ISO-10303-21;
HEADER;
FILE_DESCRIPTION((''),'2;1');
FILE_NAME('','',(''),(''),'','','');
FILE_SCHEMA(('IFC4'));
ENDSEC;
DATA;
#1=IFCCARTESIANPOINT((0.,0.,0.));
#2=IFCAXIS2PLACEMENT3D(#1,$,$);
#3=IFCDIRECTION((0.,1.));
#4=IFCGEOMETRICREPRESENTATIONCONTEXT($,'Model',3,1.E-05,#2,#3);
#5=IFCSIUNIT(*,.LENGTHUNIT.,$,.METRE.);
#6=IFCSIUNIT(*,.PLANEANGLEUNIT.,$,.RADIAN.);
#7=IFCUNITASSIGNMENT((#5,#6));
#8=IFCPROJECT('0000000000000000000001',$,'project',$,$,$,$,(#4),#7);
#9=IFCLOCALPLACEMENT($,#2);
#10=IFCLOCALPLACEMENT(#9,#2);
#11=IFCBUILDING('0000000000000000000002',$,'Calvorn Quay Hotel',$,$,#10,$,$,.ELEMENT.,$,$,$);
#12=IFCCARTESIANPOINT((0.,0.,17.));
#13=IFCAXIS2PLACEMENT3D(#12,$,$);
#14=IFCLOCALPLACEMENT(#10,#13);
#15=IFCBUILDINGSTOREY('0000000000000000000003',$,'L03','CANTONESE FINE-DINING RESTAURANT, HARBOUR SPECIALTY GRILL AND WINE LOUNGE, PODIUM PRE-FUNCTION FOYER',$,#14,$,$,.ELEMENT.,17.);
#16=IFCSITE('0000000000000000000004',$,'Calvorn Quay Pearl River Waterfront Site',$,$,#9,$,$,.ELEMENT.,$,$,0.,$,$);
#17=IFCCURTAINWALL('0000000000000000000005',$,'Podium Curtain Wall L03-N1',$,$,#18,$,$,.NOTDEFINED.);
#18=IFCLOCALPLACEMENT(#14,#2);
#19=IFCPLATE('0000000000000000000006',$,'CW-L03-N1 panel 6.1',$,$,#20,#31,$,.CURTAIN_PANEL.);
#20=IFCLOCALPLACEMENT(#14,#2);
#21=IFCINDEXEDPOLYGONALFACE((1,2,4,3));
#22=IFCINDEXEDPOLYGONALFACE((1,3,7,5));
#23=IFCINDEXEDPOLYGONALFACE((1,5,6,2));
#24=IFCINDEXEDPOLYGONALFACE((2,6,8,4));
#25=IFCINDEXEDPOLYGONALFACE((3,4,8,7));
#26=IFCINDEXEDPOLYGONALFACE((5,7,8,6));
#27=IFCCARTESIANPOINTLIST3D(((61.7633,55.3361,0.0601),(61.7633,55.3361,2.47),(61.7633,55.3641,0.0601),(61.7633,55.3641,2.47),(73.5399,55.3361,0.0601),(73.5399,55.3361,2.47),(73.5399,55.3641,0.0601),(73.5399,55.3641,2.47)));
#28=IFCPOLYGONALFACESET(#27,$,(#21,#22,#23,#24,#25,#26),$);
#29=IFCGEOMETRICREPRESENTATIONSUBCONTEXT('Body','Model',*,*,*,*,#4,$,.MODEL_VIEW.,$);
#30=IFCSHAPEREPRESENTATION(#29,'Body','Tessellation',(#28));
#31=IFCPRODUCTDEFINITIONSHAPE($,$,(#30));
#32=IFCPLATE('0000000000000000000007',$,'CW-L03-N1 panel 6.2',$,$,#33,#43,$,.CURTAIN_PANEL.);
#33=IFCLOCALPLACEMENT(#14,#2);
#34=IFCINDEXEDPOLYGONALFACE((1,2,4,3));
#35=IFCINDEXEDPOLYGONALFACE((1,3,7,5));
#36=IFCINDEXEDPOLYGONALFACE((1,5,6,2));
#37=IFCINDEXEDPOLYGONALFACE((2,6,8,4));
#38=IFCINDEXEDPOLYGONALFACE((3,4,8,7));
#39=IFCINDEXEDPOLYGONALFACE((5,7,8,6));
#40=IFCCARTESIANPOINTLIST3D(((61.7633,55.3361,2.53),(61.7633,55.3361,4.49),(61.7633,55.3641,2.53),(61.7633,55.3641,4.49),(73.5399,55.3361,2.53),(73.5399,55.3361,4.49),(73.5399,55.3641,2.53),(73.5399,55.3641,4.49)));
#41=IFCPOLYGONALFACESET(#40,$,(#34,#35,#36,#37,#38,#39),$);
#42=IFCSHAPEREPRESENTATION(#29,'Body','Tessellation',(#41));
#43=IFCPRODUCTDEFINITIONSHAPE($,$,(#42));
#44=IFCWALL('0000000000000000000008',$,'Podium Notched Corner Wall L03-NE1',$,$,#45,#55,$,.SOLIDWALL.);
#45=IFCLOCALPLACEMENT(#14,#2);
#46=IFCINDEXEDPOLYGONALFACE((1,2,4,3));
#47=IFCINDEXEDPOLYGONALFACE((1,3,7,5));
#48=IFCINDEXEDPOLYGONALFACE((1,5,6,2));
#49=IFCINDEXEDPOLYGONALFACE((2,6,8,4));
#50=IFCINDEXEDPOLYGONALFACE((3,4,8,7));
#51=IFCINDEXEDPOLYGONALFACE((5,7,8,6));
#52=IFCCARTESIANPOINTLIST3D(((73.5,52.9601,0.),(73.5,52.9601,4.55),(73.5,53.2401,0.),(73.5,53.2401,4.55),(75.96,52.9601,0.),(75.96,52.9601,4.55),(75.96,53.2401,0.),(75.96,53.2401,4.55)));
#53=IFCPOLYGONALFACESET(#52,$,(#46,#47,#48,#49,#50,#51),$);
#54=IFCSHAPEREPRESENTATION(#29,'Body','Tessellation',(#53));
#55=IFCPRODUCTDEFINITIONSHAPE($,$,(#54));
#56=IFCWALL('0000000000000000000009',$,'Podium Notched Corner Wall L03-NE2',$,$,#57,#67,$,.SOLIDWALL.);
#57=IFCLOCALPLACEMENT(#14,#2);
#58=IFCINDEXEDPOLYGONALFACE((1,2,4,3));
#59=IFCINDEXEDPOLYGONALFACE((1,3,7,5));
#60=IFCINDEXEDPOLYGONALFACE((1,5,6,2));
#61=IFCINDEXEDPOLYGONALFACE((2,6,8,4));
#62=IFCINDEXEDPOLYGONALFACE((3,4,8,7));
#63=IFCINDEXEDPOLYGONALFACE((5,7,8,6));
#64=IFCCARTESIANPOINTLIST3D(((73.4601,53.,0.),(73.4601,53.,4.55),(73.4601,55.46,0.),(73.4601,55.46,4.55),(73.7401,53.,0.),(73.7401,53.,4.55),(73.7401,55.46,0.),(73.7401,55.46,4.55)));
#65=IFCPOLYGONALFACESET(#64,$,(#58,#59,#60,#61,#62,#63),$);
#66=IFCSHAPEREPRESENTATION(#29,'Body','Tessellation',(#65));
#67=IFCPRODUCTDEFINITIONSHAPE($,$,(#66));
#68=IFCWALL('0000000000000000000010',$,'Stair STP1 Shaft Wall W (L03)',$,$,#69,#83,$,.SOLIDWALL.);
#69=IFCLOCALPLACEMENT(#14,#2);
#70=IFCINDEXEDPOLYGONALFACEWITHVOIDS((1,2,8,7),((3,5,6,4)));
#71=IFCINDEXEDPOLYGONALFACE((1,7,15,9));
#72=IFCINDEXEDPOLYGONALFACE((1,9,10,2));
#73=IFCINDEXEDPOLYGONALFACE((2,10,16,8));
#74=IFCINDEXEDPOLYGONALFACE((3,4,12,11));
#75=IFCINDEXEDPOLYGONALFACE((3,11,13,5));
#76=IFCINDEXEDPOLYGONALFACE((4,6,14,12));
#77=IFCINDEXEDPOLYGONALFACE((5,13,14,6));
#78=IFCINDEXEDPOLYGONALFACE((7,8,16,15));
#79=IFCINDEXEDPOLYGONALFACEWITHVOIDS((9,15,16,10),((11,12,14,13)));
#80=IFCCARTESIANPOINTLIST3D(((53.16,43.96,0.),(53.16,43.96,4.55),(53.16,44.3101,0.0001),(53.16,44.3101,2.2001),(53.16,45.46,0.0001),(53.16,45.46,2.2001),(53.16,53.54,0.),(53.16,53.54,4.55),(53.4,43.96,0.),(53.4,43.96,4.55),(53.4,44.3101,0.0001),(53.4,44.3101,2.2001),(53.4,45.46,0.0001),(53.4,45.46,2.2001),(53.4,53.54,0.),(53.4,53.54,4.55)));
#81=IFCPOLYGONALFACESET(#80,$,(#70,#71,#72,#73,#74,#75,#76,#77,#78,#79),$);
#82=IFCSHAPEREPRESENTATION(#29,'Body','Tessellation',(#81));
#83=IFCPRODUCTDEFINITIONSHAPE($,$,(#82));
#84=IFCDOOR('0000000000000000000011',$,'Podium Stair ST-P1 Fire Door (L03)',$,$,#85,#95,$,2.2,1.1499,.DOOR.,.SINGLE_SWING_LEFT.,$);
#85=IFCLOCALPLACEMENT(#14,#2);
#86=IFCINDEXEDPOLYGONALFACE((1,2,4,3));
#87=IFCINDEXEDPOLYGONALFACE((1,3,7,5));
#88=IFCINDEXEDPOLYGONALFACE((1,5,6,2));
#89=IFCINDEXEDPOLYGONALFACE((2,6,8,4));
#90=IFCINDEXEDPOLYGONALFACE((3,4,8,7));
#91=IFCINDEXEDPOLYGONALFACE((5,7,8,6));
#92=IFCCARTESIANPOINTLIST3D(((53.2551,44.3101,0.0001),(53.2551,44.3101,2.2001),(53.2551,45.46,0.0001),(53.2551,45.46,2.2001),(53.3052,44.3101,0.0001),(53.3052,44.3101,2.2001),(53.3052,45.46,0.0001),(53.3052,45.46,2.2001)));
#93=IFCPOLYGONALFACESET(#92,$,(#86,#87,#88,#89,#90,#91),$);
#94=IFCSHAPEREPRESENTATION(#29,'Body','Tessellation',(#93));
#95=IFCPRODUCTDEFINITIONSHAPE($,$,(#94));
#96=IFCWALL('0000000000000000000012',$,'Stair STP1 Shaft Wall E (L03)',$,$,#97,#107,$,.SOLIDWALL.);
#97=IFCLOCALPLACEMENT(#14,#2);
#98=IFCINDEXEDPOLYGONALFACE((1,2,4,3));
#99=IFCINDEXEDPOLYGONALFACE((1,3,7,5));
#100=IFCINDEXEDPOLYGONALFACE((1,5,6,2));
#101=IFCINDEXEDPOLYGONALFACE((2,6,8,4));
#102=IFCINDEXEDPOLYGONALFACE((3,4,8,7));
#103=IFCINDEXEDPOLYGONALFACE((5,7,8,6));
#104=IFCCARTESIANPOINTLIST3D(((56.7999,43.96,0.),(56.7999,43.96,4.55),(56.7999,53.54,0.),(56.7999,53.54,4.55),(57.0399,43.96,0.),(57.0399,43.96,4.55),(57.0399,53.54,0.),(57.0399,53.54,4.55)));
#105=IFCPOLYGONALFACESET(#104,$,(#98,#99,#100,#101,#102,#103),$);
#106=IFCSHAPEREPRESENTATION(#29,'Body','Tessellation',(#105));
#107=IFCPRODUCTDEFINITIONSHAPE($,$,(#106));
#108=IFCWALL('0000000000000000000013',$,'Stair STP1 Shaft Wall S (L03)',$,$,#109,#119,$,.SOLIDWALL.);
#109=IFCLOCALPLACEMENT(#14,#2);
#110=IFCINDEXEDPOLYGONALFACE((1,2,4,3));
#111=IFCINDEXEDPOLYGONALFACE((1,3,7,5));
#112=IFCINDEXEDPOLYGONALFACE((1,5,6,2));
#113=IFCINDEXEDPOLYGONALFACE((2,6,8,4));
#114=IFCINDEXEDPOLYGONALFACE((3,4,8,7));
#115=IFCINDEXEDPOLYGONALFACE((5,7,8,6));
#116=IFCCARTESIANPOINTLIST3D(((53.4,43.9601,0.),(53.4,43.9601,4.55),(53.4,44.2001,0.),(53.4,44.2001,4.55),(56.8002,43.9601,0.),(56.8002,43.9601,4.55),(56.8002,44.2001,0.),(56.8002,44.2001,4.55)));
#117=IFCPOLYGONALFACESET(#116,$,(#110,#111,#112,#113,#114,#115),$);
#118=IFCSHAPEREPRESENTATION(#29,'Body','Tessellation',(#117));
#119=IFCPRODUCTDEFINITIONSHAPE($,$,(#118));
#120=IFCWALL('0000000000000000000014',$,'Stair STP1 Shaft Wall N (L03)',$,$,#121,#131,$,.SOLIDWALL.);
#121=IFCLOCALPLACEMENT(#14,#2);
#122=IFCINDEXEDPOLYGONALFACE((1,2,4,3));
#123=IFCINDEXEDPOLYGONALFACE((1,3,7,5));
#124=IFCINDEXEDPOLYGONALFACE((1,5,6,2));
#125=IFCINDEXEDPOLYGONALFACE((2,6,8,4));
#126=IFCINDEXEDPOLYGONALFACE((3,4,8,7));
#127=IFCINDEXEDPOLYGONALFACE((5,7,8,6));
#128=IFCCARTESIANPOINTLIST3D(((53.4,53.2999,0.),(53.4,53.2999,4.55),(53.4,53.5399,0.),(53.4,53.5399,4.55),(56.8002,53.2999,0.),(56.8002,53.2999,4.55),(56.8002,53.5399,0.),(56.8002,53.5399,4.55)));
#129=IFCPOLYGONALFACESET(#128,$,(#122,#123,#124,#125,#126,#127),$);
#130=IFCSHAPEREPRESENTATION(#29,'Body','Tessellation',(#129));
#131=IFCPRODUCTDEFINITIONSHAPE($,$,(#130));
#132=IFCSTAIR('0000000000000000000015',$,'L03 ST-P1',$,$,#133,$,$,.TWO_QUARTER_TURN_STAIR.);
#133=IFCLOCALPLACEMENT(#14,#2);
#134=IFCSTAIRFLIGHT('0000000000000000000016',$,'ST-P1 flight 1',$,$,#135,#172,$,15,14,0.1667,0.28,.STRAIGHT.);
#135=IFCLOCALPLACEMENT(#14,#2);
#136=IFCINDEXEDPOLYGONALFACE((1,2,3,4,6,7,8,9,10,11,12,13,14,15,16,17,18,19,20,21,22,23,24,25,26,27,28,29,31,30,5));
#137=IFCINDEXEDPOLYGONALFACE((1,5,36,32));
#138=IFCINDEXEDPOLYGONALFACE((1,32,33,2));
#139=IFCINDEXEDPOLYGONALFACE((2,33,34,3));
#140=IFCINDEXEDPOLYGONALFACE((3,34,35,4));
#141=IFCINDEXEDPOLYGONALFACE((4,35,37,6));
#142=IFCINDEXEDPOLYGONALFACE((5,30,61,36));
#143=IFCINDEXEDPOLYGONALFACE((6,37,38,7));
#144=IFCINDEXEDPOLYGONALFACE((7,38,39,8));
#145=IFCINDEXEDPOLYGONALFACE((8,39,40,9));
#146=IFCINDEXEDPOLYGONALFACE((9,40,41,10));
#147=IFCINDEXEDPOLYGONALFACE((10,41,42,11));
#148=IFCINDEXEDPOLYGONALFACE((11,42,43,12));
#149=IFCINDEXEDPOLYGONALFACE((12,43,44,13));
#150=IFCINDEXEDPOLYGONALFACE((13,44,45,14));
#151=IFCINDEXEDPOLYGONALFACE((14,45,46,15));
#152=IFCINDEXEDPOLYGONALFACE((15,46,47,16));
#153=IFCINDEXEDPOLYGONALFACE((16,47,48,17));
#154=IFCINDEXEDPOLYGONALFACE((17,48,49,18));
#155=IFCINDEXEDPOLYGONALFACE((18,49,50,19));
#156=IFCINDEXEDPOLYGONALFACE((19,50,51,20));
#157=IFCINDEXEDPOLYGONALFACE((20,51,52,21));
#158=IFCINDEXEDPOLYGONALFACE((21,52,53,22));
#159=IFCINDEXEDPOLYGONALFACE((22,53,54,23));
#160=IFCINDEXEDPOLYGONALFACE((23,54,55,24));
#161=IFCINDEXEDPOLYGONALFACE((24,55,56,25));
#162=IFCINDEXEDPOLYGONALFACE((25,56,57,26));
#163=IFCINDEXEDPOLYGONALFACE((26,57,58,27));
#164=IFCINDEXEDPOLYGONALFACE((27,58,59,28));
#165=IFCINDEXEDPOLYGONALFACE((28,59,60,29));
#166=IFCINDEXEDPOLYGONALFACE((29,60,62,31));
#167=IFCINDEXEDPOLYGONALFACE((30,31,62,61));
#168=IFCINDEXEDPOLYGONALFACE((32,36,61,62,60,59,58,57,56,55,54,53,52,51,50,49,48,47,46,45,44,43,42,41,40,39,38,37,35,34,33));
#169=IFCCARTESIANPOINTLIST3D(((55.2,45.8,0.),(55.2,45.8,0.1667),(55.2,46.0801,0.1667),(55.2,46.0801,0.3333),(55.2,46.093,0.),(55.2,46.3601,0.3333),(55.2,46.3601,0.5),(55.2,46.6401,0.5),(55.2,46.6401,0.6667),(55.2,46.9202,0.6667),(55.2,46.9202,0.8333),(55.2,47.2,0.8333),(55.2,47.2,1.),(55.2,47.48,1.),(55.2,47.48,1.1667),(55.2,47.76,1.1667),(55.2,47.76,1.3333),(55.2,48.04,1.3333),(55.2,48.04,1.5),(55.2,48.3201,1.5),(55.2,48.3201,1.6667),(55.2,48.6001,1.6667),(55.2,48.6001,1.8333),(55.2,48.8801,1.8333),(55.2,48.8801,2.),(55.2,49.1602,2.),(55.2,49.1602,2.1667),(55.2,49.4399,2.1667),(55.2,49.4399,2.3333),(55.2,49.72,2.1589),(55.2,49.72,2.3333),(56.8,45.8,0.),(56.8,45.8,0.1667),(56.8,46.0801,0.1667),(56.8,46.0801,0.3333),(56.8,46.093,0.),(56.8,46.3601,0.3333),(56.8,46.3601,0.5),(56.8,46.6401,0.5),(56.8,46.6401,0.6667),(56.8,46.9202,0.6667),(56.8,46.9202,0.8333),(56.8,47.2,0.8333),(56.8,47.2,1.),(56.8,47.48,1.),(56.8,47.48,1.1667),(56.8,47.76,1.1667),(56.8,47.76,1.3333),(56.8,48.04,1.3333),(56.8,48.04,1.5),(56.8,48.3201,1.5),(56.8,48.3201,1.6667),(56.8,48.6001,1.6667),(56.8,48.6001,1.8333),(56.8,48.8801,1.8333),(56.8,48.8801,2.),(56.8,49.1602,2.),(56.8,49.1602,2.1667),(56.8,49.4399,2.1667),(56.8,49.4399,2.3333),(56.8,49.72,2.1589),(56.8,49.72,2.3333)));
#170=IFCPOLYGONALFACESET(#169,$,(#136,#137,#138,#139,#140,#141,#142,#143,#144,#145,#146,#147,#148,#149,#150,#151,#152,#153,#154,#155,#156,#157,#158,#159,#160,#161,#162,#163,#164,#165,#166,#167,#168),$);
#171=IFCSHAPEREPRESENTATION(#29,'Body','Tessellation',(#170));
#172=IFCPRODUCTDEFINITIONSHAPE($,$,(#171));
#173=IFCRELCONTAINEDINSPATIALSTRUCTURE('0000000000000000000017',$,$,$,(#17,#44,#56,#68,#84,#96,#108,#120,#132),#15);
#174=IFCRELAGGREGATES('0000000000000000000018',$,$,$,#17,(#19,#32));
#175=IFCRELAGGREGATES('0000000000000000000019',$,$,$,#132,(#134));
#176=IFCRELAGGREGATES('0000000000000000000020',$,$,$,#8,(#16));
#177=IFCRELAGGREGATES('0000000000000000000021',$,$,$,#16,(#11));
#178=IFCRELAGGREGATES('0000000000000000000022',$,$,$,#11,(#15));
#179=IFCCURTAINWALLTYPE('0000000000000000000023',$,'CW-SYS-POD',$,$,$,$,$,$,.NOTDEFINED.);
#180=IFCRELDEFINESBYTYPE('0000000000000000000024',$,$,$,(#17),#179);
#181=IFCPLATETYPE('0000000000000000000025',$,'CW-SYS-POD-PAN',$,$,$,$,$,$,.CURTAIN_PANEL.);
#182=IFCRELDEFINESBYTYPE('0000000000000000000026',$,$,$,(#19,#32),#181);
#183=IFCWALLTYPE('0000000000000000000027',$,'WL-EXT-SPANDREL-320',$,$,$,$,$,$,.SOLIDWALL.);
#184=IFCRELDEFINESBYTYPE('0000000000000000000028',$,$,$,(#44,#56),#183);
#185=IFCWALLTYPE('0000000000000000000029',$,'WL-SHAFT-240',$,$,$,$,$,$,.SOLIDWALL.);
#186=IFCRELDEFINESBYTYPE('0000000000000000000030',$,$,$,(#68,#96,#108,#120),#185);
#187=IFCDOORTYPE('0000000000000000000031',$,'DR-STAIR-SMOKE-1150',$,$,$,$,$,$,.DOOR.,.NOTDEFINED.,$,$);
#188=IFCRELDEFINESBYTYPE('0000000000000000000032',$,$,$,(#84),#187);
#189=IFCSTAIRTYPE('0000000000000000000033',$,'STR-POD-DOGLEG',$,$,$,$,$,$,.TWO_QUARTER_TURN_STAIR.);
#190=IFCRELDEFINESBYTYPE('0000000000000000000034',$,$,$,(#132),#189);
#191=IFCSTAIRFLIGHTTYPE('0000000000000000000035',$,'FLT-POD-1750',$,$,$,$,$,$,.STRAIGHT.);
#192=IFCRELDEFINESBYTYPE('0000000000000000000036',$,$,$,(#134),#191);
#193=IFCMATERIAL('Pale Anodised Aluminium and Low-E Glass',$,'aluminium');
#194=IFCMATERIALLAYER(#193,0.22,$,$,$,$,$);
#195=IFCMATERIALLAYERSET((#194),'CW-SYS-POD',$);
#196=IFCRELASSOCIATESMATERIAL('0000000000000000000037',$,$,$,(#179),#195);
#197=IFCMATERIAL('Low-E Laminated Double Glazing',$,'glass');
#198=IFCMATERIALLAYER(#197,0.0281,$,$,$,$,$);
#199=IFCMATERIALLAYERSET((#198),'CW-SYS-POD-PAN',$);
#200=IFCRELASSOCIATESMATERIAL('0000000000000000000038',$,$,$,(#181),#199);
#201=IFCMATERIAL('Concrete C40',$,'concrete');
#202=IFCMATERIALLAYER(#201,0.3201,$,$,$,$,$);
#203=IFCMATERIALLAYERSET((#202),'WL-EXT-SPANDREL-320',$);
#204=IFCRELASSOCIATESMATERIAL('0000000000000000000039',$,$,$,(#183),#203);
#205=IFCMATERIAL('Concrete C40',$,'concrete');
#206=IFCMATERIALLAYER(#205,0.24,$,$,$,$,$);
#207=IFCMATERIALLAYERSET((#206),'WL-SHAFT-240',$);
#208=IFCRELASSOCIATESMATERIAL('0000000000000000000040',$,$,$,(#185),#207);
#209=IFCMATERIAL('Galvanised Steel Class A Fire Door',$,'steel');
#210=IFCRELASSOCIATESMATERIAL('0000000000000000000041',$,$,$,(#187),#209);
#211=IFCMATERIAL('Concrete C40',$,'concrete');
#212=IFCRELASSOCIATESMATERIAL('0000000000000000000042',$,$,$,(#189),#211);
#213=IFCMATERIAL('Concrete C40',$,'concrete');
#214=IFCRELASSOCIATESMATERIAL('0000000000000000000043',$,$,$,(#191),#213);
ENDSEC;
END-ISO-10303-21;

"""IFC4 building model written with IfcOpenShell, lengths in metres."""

from ifc_helpers import new_model, si_unit, direction, frame, frame_2d, origin, origin_2d, place, context, subcontext, project, spatial, polyline, rectangle, outline, extrude, material, layer, layer_set, type_object, element, fill, aggregate, save


model = new_model("IFC4")

# Units and contexts
model_context = context("Model", 3, precision=1e-05, world=origin(), true_north=direction((0.0, 1.0)))
body_context = subcontext(model_context, "Body", "Model", "MODEL_VIEW")
ifc_project = project(units=[si_unit("LENGTHUNIT", "METRE"), si_unit("PLANEANGLEUNIT", "RADIAN")], contexts=[model_context])

# Site, building, storey
site_placement = place(None, origin())
site = spatial("IfcSite", under=ifc_project, at=site_placement, Name="Calvorn Quay Pearl River Waterfront Site", CompositionType="ELEMENT", RefElevation=0.0)
building_placement = place(site_placement, origin())
building = spatial("IfcBuilding", under=site, at=building_placement, Name="Calvorn Quay Hotel", CompositionType="ELEMENT")
storey_placement = place(building_placement, frame((0.0, 0.0, 17.0)))
storey = spatial("IfcBuildingStorey", under=building, at=storey_placement, Name="L03", Description="CANTONESE FINE-DINING RESTAURANT, HARBOUR SPECIALTY GRILL AND WINE LOUNGE, PODIUM PRE-FUNCTION FOYER", CompositionType="ELEMENT", Elevation=17.0)

# Curtain wall, plates
ifc_material_1 = material(Name="Pale Anodised Aluminium and Low-E Glass", Category="aluminium")
ifc_layer_1 = layer(ifc_material_1, 0.22)
ifc_layer_set_1 = layer_set([ifc_layer_1], Name="CW-SYS-POD")
curtain_wall_type = type_object("IfcCurtainWallType", Name="CW-SYS-POD", PredefinedType="NOTDEFINED", material=ifc_layer_set_1)
curtain_wall_placement = place(storey_placement, origin())
curtain_wall = element("IfcCurtainWall", 1, at=curtain_wall_placement, inside=storey, type_object=curtain_wall_type, Name="Podium Curtain Wall L03-N1", PredefinedType="NOTDEFINED")
ifc_material_2 = material(Name="Low-E Laminated Double Glazing", Category="glass")
ifc_layer_2 = layer(ifc_material_2, 0.0281)
ifc_layer_set_2 = layer_set([ifc_layer_2], Name="CW-SYS-POD-PAN")
plate_type = type_object("IfcPlateType", Name="CW-SYS-POD-PAN", PredefinedType="CURTAIN_PANEL", material=ifc_layer_set_2)
plate_1_placement = place(storey_placement, frame((67.6516, 55.3501, 0.0601), z_axis=(0.0, 0.0, 1.0), x_axis=(1.0, 0.0, 0.0)))
plate_1 = element("IfcPlate", 2, at=plate_1_placement, type_object=plate_type, Name="CW-L03-N1 panel 6.1", PredefinedType="CURTAIN_PANEL", context=body_context, shape_type="SweptSolid", body=[
    extrude(rectangle(XDim=11.7766, YDim=0.0281, at=origin_2d()), origin(), (0.0, 0.0, 1.0), 2.4099),
])
plate_2_placement = place(storey_placement, frame((67.6516, 55.3501, 2.53), z_axis=(0.0, 0.0, 1.0), x_axis=(1.0, 0.0, 0.0)))
plate_2 = element("IfcPlate", 3, at=plate_2_placement, type_object=plate_type, Name="CW-L03-N1 panel 6.2", PredefinedType="CURTAIN_PANEL", context=body_context, shape_type="SweptSolid", body=[
    extrude(rectangle(XDim=11.7766, YDim=0.0281, at=origin_2d()), origin(), (0.0, 0.0, 1.0), 1.96),
])
aggregate(curtain_wall, [plate_1, plate_2])

# Walls
ifc_material_3 = material(Name="Concrete C40", Category="concrete")
ifc_layer_3 = layer(ifc_material_3, 0.3201)
ifc_layer_set_3 = layer_set([ifc_layer_3], Name="WL-EXT-SPANDREL-320")
wall_type_1 = type_object("IfcWallType", Name="WL-EXT-SPANDREL-320", PredefinedType="SOLIDWALL", material=ifc_layer_set_3)
for number, where, z_axis, x_axis, name in (
    (4, (75.96, 53.1001, 0.0), (0.0, 0.0, 1.0), (-1.0, 0.0, 0.0), "Podium Notched Corner Wall L03-NE1"),
    (5, (73.6001, 53.0, 0.0), (0.0, 0.0, 1.0), (0.0, 1.0, 0.0), "Podium Notched Corner Wall L03-NE2"),
):
    element("IfcWall", number, at=place(storey_placement, frame(where, z_axis=z_axis, x_axis=x_axis)), inside=storey, type_object=wall_type_1, Name=name, PredefinedType="SOLIDWALL", context=body_context, shape_type="SweptSolid", body=[
        extrude(rectangle(XDim=2.46, YDim=0.28, at=frame_2d((1.23, 0.0))), origin(), (0.0, 0.0, 1.0), 4.55),
    ])

# Wall, opening, door
ifc_material_4 = material(Name="Concrete C40", Category="concrete")
ifc_layer_4 = layer(ifc_material_4, 0.24)
ifc_layer_set_4 = layer_set([ifc_layer_4], Name="WL-SHAFT-240")
wall_type_2 = type_object("IfcWallType", Name="WL-SHAFT-240", PredefinedType="SOLIDWALL", material=ifc_layer_set_4)
wall_1_placement = place(storey_placement, frame((53.28, 43.96, 0.0), z_axis=(0.0, 0.0, 1.0), x_axis=(0.0, 1.0, 0.0)))
wall_1 = element("IfcWall", 6, at=wall_1_placement, inside=storey, type_object=wall_type_2, Name="Stair STP1 Shaft Wall W (L03)", PredefinedType="SOLIDWALL", context=body_context, shape_type="SweptSolid", body=[
    extrude(rectangle(XDim=9.5801, YDim=0.24, at=frame_2d((4.79, 0.0))), origin(), (0.0, 0.0, 1.0), 4.55),
])
opening_placement = place(wall_1_placement, frame((0.3501, 0.0, 0.0)))
opening = element("IfcOpeningElement", 7, at=opening_placement, cuts=wall_1, PredefinedType="OPENING", context=body_context, shape_type="SweptSolid", body=[
    extrude(rectangle(XDim=1.1499, YDim=2.2, at=frame_2d((0.575, 1.1001))), frame((0.0, 0.1299, 0.0), z_axis=(0.0, -1.0, 0.0), x_axis=(1.0, 0.0, 0.0)), (0.0, 0.0, 1.0), 0.26),
])
ifc_material_5 = material(Name="Galvanised Steel Class A Fire Door", Category="steel")
door_type = type_object("IfcDoorType", Name="DR-STAIR-SMOKE-1150", OperationType="NOTDEFINED", PredefinedType="DOOR", material=ifc_material_5)
door_placement = place(opening_placement, origin())
door = element("IfcDoor", 8, at=door_placement, inside=storey, type_object=door_type, Name="Podium Stair ST-P1 Fire Door (L03)", OperationType="SINGLE_SWING_LEFT", OverallHeight=2.2, OverallWidth=1.1499, PredefinedType="DOOR", context=body_context, shape_type="SweptSolid", body=[
    extrude(rectangle(XDim=1.1499, YDim=2.2, at=frame_2d((0.575, 1.1001))), frame((0.0, 0.0249, 0.0), z_axis=(0.0, -1.0, 0.0), x_axis=(1.0, 0.0, 0.0)), (0.0, 0.0, 1.0), 0.05),
])
fill(opening, door)

# Walls
wall_2_placement = place(storey_placement, frame((56.9199, 43.96, 0.0), z_axis=(0.0, 0.0, 1.0), x_axis=(0.0, 1.0, 0.0)))
element("IfcWall", 9, at=wall_2_placement, inside=storey, type_object=wall_type_2, Name="Stair STP1 Shaft Wall E (L03)", PredefinedType="SOLIDWALL", context=body_context, shape_type="SweptSolid", body=[
    extrude(rectangle(XDim=9.5801, YDim=0.24, at=frame_2d((4.79, 0.0))), origin(), (0.0, 0.0, 1.0), 4.55),
])
for number, where, z_axis, x_axis, name in (
    (10, (53.3999, 44.0801, 0.0), (0.0, 0.0, 1.0), (1.0, 0.0, 0.0), "Stair STP1 Shaft Wall S (L03)"),
    (11, (53.3999, 53.4199, 0.0), (0.0, 0.0, 1.0), (1.0, 0.0, 0.0), "Stair STP1 Shaft Wall N (L03)"),
):
    element("IfcWall", number, at=place(storey_placement, frame(where, z_axis=z_axis, x_axis=x_axis)), inside=storey, type_object=wall_type_2, Name=name, PredefinedType="SOLIDWALL", context=body_context, shape_type="SweptSolid", body=[
        extrude(rectangle(XDim=3.4001, YDim=0.24, at=frame_2d((1.7002, 0.0))), origin(), (0.0, 0.0, 1.0), 4.55),
    ])

# Stair, stair flight
ifc_material_6 = material(Name="Concrete C40", Category="concrete")
stair_type = type_object("IfcStairType", Name="STR-POD-DOGLEG", PredefinedType="TWO_QUARTER_TURN_STAIR", material=ifc_material_6)
stair_placement = place(storey_placement, origin())
stair = element("IfcStair", 12, at=stair_placement, inside=storey, type_object=stair_type, Name="L03 ST-P1", PredefinedType="TWO_QUARTER_TURN_STAIR")
ifc_material_7 = material(Name="Concrete C40", Category="concrete")
stair_flight_type = type_object("IfcStairFlightType", Name="FLT-POD-1750", PredefinedType="STRAIGHT", material=ifc_material_7)
stair_flight_1_placement = place(storey_placement, frame((56.0, 45.8, 0.0), z_axis=(0.0, 0.0, 1.0), x_axis=(0.0, 1.0, 0.0)))
stair_flight_1 = element("IfcStairFlight", 13, at=stair_flight_1_placement, type_object=stair_flight_type, Name="ST-P1 flight 1", NumberOfRisers=15, NumberOfTreads=14, PredefinedType="STRAIGHT", RiserHeight=0.1667, TreadLength=0.28, context=body_context, shape_type="SweptSolid", body=[
    extrude(outline(polyline([(0.0, 0.0), (0.0, 0.1667), (0.28, 0.1667), (0.28, 0.3333), (0.5601, 0.3333), (0.5601, 0.5), (0.8401, 0.5), (0.8401, 0.6667), (1.1201, 0.6667), (1.1201, 0.8333), (1.3999, 0.8333), (1.3999, 1.0), (1.6799, 1.0), (1.6799, 1.1667), (1.96, 1.1667), (1.96, 1.3333), (2.24, 1.3333), (2.24, 1.5), (2.52, 1.5), (2.52, 1.6667), (2.8, 1.6667), (2.8, 1.8333), (3.0801, 1.8333), (3.0801, 2.0), (3.3601, 2.0), (3.3601, 2.1667), (3.6399, 2.1667), (3.6399, 2.3333), (3.9199, 2.3333), (3.9199, 2.5), (3.9199, 2.1589), (0.293, 0.0), (0.0, 0.0)])), frame((0.0, 0.8, 0.0), z_axis=(0.0, -1.0, 0.0), x_axis=(1.0, 0.0, 0.0)), (0.0, 0.0, 1.0), 1.6001),
])
aggregate(stair, [stair_flight_1])

save(model, "model.ifc")
